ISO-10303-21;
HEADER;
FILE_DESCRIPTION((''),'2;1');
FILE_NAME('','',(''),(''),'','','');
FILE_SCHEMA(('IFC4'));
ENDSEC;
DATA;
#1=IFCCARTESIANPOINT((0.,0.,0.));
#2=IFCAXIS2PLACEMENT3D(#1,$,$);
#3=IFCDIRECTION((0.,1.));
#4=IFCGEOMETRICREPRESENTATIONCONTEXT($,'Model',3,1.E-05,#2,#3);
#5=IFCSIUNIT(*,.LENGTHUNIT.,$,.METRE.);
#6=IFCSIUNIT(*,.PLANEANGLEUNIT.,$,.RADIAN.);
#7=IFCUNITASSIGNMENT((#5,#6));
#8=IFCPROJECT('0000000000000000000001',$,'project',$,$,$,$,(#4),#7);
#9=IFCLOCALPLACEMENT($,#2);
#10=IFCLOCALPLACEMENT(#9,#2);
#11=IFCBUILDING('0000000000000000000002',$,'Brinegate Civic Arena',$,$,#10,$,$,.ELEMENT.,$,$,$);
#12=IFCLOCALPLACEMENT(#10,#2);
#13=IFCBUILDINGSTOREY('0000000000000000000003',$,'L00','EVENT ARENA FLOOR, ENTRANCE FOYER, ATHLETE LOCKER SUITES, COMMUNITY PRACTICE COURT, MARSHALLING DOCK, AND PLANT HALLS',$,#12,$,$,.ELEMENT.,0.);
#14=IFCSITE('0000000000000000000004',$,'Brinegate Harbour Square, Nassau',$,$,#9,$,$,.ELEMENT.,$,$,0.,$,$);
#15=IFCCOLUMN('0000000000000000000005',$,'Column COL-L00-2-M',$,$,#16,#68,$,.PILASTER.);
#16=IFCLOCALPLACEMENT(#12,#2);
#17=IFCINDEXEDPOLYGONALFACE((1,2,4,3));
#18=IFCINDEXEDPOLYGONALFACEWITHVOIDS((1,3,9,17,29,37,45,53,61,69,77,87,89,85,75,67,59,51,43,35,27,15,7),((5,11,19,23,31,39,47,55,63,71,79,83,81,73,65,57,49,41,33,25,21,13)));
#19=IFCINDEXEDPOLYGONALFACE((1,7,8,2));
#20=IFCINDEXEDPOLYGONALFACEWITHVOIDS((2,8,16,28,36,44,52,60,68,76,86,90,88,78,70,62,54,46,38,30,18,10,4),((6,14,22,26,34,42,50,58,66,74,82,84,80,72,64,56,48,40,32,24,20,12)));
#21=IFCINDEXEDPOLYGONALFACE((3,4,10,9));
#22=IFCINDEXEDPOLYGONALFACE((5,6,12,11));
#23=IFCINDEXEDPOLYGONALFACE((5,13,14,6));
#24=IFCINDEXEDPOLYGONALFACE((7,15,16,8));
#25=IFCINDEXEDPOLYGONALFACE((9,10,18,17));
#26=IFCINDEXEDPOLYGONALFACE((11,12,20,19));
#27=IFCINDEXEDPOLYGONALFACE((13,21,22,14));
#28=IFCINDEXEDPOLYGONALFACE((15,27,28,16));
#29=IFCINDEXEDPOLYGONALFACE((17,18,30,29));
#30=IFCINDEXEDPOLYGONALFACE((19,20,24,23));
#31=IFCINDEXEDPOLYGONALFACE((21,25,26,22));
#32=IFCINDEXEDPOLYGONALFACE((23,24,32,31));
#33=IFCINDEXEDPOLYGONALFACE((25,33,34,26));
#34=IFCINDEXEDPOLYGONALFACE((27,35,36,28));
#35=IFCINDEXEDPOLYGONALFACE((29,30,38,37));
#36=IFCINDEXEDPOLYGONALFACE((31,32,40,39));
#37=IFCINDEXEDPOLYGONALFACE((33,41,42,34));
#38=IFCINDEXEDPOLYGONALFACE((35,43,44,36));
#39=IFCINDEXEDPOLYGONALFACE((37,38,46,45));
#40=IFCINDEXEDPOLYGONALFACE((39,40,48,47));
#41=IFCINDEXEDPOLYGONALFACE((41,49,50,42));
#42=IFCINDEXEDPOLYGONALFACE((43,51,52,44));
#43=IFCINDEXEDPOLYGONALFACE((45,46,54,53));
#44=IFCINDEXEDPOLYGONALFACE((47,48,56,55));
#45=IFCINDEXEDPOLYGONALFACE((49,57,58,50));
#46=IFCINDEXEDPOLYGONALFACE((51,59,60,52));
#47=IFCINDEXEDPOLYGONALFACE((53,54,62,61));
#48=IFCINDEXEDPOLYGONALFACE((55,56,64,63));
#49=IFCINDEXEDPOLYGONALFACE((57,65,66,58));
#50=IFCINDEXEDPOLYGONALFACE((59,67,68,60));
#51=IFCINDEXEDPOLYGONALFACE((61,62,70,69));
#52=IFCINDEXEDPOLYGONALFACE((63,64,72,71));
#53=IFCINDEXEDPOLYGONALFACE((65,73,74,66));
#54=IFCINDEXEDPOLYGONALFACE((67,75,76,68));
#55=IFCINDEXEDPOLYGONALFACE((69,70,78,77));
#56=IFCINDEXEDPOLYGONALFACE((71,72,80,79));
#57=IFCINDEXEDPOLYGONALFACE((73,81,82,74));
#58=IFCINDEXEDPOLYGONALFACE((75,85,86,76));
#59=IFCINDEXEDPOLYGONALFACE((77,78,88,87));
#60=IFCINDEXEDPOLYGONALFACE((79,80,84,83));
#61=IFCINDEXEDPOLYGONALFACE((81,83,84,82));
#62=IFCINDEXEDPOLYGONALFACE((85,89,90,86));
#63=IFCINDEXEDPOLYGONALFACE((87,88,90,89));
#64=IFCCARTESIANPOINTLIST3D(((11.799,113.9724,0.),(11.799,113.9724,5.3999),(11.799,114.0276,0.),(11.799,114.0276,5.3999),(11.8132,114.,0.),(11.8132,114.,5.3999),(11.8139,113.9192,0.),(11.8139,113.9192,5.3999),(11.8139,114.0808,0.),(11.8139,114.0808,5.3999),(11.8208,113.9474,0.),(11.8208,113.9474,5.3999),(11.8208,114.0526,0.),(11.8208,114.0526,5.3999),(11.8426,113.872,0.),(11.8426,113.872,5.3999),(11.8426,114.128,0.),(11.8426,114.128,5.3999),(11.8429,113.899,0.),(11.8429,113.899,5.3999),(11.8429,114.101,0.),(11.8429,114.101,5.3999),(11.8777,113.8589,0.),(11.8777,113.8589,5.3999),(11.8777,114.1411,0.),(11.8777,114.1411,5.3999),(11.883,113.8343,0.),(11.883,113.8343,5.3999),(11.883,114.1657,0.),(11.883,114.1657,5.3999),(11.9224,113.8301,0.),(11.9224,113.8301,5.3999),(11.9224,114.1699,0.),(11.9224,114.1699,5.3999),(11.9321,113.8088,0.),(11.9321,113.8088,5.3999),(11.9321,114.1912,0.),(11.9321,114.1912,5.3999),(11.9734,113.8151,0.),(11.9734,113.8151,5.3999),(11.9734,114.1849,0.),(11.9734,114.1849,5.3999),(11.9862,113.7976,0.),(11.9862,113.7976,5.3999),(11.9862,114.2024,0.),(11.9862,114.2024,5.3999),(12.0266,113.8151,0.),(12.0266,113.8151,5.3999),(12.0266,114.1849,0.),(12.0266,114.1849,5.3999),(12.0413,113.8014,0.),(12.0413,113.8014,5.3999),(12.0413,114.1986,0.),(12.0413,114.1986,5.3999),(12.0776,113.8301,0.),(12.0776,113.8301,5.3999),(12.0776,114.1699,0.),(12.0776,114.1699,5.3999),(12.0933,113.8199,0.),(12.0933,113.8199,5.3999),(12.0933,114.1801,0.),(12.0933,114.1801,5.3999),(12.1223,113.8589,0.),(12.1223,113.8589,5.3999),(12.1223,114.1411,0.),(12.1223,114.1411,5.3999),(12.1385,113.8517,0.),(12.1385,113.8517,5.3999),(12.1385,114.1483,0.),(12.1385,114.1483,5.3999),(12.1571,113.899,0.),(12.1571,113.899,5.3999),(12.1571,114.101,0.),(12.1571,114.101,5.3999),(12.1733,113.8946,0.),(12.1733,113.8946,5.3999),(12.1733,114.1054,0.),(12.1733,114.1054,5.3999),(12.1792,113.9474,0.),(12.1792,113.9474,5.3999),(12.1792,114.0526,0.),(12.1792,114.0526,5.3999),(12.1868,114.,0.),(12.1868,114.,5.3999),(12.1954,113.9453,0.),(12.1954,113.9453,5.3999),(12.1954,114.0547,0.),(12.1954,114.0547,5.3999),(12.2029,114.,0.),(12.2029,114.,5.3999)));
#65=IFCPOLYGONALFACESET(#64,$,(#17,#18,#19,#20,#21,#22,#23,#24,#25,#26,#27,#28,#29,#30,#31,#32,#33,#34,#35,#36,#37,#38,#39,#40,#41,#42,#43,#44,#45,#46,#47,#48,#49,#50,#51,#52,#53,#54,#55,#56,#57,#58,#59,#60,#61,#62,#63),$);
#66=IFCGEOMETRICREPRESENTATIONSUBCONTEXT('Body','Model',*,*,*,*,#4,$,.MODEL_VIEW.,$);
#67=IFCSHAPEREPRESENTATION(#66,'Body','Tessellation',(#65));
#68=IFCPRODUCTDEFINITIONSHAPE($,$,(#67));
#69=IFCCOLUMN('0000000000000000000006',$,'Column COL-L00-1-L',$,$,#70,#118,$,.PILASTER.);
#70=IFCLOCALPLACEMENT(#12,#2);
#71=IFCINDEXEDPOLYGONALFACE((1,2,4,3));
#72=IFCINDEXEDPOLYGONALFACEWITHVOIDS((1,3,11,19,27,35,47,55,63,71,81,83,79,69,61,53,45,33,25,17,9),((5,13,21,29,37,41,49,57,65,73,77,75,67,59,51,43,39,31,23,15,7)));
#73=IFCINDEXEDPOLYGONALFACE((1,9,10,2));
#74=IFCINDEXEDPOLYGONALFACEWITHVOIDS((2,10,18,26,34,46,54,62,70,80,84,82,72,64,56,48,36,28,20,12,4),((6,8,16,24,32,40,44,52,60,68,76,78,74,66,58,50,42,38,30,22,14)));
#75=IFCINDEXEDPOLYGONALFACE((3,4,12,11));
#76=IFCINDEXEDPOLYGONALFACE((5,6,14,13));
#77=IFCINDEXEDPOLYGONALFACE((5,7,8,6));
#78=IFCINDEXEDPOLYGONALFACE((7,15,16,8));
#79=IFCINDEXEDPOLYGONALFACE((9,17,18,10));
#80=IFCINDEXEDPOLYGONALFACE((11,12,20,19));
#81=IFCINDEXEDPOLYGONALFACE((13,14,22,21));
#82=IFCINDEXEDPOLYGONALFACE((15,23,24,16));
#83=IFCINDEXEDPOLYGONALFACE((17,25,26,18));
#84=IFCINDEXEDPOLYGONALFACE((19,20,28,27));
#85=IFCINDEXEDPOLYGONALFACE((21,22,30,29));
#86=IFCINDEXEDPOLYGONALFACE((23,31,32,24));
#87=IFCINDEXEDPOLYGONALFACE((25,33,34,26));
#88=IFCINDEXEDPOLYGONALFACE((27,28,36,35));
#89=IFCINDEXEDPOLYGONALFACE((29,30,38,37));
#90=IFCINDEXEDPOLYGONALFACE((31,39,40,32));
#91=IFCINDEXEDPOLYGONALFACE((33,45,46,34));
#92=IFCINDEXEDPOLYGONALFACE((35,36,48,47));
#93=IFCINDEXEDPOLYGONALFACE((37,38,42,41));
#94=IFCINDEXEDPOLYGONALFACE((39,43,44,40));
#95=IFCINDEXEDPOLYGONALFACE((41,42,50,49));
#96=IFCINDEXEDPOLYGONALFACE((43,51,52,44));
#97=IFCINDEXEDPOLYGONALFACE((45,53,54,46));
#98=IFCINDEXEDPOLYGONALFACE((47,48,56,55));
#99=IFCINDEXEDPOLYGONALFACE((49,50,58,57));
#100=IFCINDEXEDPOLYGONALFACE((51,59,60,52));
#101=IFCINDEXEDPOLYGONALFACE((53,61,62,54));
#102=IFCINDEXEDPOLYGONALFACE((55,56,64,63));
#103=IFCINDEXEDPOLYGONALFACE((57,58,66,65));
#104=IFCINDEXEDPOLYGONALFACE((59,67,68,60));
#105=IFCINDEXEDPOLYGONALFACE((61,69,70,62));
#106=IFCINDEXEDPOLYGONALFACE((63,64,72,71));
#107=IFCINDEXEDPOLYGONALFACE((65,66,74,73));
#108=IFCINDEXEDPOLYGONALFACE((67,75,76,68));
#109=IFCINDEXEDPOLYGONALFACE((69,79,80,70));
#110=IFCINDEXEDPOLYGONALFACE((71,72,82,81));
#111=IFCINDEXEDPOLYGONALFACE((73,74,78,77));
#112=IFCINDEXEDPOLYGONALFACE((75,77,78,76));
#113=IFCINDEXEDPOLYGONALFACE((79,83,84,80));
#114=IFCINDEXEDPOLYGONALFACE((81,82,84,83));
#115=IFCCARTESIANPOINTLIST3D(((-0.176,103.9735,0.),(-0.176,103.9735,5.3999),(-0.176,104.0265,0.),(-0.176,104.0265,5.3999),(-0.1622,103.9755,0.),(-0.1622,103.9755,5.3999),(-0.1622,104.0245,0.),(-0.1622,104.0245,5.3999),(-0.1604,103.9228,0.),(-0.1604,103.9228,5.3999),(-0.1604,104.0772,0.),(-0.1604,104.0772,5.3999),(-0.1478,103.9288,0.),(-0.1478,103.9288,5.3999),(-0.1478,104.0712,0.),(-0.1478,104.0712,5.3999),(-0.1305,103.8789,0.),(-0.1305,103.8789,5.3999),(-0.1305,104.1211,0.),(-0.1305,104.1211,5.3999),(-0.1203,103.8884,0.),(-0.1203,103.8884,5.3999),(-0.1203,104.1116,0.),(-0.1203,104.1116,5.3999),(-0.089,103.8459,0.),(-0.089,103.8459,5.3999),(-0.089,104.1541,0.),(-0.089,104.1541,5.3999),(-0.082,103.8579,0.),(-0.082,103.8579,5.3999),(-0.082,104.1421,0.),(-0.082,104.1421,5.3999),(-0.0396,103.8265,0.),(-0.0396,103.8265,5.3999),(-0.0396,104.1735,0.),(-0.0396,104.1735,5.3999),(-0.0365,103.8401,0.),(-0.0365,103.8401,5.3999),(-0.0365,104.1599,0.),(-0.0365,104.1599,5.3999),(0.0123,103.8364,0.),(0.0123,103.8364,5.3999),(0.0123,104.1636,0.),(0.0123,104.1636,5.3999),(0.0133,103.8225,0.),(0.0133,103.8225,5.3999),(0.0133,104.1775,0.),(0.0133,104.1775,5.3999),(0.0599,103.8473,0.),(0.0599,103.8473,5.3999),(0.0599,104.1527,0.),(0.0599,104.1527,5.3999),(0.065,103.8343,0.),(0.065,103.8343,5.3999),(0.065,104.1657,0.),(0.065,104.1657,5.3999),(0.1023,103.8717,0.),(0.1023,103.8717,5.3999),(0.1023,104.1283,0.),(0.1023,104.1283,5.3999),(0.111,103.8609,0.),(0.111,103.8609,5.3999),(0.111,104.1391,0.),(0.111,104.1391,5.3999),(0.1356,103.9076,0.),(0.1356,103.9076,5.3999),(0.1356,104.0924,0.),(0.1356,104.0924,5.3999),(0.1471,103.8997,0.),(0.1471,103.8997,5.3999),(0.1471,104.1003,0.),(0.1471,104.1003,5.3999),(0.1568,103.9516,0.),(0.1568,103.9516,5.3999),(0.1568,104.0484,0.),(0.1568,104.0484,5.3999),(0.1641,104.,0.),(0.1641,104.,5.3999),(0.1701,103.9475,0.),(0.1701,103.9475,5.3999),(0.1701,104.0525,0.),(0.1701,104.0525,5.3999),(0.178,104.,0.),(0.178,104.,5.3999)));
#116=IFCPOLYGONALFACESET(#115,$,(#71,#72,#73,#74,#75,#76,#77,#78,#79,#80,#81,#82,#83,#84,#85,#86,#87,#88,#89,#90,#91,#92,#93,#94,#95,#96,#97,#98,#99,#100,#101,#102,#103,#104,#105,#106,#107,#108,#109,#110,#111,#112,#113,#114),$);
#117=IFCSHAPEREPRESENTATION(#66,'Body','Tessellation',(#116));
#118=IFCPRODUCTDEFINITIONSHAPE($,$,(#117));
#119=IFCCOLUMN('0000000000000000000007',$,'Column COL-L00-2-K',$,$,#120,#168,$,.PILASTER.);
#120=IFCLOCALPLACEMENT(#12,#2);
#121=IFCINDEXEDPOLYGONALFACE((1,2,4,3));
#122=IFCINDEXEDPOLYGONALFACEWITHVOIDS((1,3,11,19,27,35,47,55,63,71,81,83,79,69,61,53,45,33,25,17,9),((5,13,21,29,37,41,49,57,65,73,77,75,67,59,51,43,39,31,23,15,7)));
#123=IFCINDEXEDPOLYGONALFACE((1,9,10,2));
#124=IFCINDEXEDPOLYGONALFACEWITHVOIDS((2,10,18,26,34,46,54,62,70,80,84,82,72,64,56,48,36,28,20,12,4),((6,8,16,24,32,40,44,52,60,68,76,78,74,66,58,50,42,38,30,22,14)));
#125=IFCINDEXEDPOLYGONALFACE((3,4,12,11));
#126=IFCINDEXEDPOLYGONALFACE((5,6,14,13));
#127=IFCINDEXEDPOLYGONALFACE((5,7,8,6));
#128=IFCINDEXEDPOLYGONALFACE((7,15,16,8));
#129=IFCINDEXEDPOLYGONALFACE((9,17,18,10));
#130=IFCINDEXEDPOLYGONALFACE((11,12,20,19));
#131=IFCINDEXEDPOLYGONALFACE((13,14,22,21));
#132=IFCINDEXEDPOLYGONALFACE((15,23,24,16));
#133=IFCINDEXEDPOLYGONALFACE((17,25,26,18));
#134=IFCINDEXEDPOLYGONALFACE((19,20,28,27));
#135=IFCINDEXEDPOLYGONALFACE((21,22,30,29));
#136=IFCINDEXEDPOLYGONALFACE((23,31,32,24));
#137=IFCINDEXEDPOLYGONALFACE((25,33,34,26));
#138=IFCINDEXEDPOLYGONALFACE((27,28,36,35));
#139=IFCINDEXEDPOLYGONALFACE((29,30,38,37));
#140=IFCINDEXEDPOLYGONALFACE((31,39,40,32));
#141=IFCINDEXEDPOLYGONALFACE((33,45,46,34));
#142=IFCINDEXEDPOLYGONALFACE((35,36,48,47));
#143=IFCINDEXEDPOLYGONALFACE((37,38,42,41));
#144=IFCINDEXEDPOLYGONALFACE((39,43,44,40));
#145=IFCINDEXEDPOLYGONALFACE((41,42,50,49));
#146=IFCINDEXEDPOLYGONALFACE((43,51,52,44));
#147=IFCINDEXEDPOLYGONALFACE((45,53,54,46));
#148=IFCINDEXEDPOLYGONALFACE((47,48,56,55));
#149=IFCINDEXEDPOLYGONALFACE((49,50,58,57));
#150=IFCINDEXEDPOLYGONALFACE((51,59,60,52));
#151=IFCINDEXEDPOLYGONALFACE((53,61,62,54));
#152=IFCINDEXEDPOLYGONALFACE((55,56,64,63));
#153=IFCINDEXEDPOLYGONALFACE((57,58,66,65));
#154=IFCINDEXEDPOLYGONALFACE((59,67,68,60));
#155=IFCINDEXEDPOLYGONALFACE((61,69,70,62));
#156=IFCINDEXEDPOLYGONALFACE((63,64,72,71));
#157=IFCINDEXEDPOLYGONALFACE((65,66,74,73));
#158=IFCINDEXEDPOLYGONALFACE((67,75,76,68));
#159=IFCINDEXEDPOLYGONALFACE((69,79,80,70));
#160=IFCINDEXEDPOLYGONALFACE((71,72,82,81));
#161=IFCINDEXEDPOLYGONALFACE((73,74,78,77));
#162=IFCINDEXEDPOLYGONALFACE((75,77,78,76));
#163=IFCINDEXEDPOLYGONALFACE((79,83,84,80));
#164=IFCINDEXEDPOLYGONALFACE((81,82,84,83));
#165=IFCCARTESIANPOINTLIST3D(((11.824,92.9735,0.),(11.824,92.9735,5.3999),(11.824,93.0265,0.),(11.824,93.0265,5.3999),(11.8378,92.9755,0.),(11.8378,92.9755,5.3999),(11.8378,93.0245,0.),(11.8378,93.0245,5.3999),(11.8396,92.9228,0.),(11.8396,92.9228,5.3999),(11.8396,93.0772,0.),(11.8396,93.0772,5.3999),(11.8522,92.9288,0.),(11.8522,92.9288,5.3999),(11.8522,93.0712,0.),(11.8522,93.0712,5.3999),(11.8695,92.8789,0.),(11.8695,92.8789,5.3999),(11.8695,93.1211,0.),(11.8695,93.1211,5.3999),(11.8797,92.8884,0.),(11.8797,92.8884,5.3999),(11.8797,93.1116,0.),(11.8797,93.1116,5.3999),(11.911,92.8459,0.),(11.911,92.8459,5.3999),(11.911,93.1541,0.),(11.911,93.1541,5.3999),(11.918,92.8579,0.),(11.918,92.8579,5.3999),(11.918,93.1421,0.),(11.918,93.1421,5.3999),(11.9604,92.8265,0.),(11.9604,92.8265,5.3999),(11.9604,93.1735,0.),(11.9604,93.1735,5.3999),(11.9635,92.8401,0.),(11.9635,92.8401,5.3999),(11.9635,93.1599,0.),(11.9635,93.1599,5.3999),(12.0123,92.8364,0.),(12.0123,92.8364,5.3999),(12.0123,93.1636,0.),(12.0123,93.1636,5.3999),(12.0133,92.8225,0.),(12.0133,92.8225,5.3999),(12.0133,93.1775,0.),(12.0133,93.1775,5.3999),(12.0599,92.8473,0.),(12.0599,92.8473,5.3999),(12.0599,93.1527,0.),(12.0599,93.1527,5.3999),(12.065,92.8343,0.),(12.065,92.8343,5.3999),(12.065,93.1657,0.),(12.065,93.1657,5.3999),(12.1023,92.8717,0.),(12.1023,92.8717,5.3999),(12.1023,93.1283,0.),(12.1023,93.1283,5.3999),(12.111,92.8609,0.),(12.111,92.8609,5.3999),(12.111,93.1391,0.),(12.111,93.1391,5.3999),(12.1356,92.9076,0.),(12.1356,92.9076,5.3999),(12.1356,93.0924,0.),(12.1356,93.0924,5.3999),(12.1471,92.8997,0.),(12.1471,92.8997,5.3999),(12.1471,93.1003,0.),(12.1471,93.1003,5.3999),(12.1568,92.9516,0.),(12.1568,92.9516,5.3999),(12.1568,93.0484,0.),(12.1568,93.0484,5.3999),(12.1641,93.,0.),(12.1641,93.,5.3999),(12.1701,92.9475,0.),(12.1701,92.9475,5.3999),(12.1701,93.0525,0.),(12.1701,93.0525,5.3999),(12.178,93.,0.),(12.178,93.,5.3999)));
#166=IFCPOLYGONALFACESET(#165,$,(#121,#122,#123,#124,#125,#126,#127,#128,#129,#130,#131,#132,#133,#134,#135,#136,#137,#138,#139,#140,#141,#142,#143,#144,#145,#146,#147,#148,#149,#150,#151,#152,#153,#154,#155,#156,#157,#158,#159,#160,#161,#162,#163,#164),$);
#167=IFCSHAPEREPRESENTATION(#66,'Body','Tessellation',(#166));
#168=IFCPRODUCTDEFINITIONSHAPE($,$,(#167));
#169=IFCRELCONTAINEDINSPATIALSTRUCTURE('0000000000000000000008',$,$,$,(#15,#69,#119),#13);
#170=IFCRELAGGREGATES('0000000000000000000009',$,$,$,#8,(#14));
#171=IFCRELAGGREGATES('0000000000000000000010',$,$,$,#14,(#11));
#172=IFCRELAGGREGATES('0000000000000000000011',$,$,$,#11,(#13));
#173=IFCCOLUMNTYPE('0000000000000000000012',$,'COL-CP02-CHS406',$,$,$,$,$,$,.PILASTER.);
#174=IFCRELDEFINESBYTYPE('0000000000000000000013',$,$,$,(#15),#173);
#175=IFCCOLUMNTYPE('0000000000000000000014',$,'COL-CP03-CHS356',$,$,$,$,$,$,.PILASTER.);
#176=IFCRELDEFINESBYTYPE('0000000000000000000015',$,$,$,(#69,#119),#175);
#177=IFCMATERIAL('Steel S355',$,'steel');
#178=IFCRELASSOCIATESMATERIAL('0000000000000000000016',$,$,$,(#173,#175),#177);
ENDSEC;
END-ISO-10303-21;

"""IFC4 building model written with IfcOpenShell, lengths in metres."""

from ifc_helpers import new_model, si_unit, direction, frame, origin, origin_2d, place, context, subcontext, project, spatial, hollow_circle, extrude, material, material_profile, profile_set, type_object, element, save


model = new_model("IFC4")

# Units and contexts
model_context = context("Model", 3, precision=1e-05, world=origin(), true_north=direction((0.0, 1.0)))
body_context = subcontext(model_context, "Body", "Model", "MODEL_VIEW")
ifc_project = project(units=[si_unit("LENGTHUNIT", "METRE"), si_unit("PLANEANGLEUNIT", "RADIAN")], contexts=[model_context])

# Site, building, storey
site_placement = place(None, origin())
site = spatial("IfcSite", under=ifc_project, at=site_placement, Name="Brinegate Harbour Square, Nassau", CompositionType="ELEMENT", RefElevation=0.0)
building_placement = place(site_placement, origin())
building = spatial("IfcBuilding", under=site, at=building_placement, Name="Brinegate Civic Arena", CompositionType="ELEMENT")
storey_placement = place(building_placement, origin())
storey = spatial("IfcBuildingStorey", under=building, at=storey_placement, Name="L00", Description="EVENT ARENA FLOOR, ENTRANCE FOYER, ATHLETE LOCKER SUITES, COMMUNITY PRACTICE COURT, MARSHALLING DOCK, AND PLANT HALLS", CompositionType="ELEMENT", Elevation=0.0)

# Columns
ifc_material_1 = material(Name="Steel S355", Category="steel")
ifc_material_profile_1 = material_profile(ifc_material_1, hollow_circle(Radius=0.2029, WallThickness=0.0161, at=origin_2d()), Name="CHS406X16")
ifc_profile_set_1 = profile_set([ifc_material_profile_1], Name="Steel S355")
column_type_1 = type_object("IfcColumnType", Name="COL-CP02-CHS406", PredefinedType="PILASTER", material=ifc_profile_set_1)
for number, where, z_axis, x_axis, name in (
    (1, (12.0, 114.0, 0.0), (0.0, 0.0, 1.0), (1.0, 0.0, 0.0), "Column COL-L00-2-M"),
):
    element("IfcColumn", number, at=place(storey_placement, frame(where, z_axis=z_axis, x_axis=x_axis)), inside=storey, type_object=column_type_1, Name=name, PredefinedType="PILASTER", context=body_context, shape_type="SweptSolid", body=[
        extrude(hollow_circle(Radius=0.2029, WallThickness=0.0161, at=origin_2d()), origin(), (0.0, 0.0, 1.0), 5.3999),
    ])
ifc_material_profile_2 = material_profile(ifc_material_1, hollow_circle(Radius=0.178, WallThickness=0.0139, at=origin_2d()), Name="CHS356X14")
ifc_profile_set_2 = profile_set([ifc_material_profile_2], Name="Steel S355")
column_type_2 = type_object("IfcColumnType", Name="COL-CP03-CHS356", PredefinedType="PILASTER", material=ifc_profile_set_2)
for number, where, z_axis, x_axis, name in (
    (2, (0.0, 104.0, 0.0), (0.0, 0.0, 1.0), (1.0, 0.0, 0.0), "Column COL-L00-1-L"),
    (3, (12.0, 93.0, 0.0), (0.0, 0.0, 1.0), (1.0, 0.0, 0.0), "Column COL-L00-2-K"),
):
    element("IfcColumn", number, at=place(storey_placement, frame(where, z_axis=z_axis, x_axis=x_axis)), inside=storey, type_object=column_type_2, Name=name, PredefinedType="PILASTER", context=body_context, shape_type="SweptSolid", body=[
        extrude(hollow_circle(Radius=0.178, WallThickness=0.0139, at=origin_2d()), origin(), (0.0, 0.0, 1.0), 5.3999),
    ])

save(model, "model.ifc")
